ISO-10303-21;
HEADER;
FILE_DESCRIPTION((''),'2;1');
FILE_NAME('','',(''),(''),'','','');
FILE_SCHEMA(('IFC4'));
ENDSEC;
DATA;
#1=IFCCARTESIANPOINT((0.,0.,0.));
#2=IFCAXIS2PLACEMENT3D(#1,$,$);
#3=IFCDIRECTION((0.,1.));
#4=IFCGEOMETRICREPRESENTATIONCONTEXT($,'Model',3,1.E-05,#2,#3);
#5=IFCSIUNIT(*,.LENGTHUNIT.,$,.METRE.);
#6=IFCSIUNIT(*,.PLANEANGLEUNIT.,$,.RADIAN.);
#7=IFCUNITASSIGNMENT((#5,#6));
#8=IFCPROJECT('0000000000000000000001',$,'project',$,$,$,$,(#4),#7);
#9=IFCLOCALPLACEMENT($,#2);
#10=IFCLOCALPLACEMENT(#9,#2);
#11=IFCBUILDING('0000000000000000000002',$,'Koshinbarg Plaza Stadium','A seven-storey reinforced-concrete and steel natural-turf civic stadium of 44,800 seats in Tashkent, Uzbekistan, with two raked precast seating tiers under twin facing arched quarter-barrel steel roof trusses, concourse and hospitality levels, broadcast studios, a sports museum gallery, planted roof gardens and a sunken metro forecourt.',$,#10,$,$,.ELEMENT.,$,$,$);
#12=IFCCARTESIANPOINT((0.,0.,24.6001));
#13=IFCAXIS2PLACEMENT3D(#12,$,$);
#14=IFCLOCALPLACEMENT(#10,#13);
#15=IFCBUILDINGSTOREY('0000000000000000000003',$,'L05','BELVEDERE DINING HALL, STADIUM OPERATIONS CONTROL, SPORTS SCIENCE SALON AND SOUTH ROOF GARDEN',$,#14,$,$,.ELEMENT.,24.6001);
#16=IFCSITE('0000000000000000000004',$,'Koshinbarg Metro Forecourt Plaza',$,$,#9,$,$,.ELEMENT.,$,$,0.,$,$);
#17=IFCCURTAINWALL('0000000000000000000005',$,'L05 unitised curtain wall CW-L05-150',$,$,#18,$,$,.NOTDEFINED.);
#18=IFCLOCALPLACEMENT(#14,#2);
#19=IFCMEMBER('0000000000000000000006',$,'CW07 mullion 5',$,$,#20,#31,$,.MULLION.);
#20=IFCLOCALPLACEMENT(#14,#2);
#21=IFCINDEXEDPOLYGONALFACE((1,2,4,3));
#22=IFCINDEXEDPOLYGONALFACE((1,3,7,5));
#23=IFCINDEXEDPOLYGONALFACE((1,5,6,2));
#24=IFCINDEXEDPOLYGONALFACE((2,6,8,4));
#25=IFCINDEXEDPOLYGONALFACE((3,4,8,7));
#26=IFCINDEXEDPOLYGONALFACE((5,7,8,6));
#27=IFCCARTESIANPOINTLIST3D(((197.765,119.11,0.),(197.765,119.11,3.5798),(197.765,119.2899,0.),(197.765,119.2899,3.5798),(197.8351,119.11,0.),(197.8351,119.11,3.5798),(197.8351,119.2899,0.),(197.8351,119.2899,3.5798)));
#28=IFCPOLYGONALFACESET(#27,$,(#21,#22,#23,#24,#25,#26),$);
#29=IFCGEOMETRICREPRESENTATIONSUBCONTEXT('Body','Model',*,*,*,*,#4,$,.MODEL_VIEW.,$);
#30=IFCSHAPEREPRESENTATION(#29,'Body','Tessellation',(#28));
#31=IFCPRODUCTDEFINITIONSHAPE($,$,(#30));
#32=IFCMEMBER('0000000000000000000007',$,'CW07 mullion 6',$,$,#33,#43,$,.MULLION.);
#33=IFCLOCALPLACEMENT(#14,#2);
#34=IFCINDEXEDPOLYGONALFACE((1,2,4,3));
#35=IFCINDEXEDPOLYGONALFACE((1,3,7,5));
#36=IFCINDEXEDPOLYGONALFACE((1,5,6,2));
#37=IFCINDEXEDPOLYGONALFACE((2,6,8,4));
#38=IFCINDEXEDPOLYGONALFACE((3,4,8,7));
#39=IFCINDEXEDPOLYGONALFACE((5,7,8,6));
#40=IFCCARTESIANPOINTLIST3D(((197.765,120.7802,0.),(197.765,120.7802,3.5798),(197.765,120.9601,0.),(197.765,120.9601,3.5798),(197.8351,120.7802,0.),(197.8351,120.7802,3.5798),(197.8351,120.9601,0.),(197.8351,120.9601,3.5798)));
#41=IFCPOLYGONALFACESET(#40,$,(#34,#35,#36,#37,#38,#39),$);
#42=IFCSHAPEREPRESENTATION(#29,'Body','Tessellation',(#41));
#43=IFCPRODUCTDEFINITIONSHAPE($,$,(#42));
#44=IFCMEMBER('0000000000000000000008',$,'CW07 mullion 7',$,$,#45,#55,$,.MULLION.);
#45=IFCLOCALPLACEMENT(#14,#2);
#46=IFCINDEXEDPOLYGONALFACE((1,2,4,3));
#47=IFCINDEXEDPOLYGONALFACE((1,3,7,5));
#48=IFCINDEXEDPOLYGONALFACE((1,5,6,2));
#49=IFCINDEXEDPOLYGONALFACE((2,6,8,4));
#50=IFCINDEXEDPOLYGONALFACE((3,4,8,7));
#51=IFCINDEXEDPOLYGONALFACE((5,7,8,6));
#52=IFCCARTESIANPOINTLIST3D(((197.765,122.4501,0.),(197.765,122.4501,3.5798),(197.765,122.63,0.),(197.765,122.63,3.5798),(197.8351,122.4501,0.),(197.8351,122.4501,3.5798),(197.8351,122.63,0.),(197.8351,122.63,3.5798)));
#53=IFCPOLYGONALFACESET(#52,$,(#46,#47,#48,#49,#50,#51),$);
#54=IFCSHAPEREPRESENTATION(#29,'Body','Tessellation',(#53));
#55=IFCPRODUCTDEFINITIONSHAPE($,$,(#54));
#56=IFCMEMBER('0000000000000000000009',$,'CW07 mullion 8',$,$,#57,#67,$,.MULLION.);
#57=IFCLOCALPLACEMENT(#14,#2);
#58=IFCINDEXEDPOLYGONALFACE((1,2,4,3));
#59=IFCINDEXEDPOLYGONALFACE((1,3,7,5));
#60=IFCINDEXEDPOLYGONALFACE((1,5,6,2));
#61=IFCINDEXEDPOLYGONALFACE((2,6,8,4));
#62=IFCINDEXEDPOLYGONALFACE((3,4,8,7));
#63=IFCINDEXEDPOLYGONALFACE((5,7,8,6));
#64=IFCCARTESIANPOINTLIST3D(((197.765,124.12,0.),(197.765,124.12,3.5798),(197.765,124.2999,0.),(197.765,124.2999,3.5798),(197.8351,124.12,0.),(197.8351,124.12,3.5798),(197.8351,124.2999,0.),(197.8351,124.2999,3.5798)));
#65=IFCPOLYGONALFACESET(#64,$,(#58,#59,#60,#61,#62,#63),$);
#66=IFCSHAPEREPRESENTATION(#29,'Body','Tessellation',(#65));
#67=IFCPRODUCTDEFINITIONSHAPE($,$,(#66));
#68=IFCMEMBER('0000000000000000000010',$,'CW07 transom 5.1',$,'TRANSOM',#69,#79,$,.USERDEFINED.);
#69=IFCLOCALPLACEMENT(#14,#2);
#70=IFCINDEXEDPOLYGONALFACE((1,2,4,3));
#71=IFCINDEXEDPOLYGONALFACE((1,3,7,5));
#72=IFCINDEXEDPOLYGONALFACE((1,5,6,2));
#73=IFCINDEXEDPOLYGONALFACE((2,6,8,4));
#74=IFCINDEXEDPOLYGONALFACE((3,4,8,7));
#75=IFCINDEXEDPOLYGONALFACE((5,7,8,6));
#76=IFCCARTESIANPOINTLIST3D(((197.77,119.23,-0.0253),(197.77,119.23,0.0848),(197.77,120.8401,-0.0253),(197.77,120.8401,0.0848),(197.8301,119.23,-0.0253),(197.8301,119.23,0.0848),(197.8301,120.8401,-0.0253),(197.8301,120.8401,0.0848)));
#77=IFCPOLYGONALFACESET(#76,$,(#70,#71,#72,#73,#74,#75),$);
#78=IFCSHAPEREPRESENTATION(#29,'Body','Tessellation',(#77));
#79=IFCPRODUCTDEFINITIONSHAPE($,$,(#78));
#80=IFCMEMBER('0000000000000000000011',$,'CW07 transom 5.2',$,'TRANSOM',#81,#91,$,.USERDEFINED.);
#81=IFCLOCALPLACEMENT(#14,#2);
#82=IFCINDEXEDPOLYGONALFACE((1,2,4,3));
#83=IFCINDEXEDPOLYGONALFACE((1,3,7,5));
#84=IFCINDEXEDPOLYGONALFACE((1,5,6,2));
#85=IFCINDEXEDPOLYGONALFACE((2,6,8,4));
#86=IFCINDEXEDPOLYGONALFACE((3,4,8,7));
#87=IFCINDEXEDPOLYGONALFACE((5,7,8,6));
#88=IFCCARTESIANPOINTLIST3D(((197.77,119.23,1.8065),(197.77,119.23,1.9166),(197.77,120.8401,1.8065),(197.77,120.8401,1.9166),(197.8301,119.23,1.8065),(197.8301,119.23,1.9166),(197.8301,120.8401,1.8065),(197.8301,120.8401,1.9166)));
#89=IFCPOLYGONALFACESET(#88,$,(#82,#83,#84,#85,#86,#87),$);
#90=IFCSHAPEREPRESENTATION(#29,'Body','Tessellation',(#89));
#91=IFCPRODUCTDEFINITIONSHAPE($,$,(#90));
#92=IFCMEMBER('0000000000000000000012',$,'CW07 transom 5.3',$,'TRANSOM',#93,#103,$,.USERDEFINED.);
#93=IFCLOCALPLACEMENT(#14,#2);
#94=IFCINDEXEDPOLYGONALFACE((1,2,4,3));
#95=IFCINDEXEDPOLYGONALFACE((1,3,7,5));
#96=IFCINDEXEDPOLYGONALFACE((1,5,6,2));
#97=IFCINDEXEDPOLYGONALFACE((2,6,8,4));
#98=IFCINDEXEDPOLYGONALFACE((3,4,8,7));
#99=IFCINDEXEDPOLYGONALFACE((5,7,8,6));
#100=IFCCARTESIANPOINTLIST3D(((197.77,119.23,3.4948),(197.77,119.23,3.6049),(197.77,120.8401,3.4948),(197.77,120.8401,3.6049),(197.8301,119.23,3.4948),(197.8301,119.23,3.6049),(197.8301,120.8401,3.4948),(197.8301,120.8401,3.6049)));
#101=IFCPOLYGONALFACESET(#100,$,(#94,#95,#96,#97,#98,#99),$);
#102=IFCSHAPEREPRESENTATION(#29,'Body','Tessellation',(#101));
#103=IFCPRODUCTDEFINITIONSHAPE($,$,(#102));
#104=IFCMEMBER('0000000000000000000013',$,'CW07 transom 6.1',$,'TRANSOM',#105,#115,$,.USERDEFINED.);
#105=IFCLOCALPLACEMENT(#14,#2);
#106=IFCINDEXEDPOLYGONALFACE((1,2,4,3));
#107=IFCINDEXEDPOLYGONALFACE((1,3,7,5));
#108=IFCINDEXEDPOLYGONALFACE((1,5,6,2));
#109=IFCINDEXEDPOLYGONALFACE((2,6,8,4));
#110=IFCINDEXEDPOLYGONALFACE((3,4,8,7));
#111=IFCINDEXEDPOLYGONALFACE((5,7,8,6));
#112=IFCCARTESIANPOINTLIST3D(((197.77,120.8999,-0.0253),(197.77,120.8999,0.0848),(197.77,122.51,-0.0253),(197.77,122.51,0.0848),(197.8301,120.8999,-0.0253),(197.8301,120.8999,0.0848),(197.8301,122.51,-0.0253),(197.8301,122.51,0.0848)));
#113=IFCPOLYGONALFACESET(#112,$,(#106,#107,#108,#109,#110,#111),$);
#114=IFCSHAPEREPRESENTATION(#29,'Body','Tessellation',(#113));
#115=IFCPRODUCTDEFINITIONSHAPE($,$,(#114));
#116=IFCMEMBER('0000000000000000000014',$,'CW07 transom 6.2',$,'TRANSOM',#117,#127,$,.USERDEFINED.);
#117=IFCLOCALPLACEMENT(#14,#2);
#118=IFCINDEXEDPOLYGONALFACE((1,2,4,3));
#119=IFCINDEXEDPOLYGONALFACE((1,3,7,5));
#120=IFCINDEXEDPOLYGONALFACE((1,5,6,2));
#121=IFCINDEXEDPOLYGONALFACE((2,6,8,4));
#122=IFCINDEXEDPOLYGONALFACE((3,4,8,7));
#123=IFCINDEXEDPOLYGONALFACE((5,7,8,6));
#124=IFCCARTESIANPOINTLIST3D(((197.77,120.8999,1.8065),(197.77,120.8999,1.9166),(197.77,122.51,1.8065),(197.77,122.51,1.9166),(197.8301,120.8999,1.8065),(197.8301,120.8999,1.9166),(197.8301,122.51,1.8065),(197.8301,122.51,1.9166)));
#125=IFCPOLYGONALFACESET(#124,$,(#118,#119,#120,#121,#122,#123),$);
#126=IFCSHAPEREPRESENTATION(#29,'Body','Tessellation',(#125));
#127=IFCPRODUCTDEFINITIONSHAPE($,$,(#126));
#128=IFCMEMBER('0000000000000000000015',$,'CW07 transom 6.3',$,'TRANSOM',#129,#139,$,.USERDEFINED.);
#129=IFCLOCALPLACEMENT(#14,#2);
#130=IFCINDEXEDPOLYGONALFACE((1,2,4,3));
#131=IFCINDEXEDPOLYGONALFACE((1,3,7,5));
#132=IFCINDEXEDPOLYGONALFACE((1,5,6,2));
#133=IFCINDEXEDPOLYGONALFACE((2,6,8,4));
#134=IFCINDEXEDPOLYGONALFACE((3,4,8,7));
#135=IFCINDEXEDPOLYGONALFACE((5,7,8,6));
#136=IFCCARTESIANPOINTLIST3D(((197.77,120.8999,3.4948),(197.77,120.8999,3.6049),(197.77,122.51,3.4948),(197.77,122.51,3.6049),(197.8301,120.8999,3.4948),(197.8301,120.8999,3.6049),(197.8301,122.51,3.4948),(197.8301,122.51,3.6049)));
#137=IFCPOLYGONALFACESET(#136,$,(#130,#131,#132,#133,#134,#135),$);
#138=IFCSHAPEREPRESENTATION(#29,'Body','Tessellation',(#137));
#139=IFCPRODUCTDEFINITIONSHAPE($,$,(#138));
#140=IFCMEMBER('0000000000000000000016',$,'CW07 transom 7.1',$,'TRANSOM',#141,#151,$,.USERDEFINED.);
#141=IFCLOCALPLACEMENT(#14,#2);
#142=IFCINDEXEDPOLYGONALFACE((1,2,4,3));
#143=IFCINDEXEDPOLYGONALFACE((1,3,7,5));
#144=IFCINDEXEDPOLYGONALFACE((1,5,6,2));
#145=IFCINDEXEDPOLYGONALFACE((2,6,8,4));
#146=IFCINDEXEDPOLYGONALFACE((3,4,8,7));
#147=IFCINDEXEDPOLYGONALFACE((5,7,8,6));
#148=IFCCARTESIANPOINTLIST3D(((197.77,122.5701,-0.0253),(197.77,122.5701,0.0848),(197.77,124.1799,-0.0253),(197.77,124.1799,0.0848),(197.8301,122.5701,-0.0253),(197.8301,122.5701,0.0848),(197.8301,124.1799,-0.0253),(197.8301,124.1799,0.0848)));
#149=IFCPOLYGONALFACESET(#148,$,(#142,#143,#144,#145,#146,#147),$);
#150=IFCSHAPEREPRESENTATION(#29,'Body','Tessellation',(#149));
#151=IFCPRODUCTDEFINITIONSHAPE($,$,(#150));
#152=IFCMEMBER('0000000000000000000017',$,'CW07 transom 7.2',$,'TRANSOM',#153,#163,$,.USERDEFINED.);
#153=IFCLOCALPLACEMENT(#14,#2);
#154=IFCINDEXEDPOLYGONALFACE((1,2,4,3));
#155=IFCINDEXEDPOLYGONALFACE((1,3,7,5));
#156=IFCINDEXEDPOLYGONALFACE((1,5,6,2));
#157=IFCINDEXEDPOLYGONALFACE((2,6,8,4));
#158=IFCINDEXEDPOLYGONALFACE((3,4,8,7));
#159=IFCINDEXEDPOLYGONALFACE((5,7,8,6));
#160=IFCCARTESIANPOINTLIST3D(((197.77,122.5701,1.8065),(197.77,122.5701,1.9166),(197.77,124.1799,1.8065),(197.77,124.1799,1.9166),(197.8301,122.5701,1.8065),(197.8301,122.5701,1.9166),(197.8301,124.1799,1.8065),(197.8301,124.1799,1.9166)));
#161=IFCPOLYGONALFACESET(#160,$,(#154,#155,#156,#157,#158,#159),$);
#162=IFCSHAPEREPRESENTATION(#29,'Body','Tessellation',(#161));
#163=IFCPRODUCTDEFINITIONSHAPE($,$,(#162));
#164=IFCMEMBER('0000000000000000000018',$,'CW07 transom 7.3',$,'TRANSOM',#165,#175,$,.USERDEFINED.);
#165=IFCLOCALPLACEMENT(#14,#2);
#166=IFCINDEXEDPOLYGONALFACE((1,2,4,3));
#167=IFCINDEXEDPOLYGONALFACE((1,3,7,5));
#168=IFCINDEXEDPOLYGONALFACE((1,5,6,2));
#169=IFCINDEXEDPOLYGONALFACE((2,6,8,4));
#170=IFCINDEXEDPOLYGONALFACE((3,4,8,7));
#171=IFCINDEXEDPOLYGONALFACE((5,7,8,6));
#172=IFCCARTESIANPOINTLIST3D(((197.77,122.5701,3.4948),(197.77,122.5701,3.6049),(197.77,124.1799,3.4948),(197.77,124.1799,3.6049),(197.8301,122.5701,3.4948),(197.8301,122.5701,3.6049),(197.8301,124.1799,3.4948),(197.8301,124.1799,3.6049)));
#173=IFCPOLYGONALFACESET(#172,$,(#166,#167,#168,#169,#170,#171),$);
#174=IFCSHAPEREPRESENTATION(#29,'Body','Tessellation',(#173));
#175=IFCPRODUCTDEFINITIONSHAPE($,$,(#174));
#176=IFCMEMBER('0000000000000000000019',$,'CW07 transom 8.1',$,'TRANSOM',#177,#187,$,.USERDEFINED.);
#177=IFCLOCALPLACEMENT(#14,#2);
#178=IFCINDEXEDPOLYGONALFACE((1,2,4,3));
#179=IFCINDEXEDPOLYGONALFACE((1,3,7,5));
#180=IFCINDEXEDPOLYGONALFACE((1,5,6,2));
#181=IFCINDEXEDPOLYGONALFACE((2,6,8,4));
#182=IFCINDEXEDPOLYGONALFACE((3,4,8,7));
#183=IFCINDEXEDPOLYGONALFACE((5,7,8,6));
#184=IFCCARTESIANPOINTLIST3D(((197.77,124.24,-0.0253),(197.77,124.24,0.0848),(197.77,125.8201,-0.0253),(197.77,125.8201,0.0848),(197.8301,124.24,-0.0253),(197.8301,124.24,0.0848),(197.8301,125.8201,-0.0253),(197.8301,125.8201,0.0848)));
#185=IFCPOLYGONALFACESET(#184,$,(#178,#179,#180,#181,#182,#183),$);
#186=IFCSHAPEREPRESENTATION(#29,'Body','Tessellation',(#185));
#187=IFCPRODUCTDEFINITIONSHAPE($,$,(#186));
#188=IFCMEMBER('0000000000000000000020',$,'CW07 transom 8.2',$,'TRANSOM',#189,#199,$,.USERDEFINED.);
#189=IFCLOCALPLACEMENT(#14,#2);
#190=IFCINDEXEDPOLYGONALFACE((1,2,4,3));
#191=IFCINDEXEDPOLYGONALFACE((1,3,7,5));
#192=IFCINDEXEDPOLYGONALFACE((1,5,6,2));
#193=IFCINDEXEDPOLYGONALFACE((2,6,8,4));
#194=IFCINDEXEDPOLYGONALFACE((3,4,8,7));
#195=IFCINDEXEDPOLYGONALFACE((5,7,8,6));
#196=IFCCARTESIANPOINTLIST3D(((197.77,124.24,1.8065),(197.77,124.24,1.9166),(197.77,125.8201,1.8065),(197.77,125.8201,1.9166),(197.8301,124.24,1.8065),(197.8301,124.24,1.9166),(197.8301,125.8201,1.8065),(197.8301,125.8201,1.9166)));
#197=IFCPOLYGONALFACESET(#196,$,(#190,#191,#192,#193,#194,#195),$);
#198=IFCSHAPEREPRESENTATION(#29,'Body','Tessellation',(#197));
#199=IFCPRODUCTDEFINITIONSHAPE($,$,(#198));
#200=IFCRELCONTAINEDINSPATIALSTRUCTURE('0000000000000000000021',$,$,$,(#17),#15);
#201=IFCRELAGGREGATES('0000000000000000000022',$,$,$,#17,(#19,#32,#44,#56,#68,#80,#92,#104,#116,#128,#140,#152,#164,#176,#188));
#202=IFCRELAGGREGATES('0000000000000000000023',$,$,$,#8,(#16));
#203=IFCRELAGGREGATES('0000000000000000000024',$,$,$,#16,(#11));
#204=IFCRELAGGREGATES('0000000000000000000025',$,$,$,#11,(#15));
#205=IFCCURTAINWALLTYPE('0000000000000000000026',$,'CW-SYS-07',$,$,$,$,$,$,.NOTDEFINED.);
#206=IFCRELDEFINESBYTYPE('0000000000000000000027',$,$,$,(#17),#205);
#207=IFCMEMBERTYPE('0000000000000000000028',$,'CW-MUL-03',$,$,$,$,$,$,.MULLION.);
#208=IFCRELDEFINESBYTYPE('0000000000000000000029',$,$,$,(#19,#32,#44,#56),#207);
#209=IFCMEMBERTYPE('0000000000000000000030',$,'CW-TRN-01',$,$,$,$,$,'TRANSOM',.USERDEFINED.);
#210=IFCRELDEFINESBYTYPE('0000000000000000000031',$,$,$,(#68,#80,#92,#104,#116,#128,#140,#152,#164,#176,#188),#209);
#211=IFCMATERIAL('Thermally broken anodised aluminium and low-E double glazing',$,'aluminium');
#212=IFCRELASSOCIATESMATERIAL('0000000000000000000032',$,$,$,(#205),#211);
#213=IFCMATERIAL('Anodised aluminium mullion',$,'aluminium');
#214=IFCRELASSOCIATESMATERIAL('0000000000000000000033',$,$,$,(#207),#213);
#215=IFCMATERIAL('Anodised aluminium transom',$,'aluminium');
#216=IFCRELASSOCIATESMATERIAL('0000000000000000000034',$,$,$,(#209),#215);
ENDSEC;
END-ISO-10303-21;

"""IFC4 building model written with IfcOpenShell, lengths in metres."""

from ifc_helpers import new_model, si_unit, direction, frame, origin, origin_2d, place, context, subcontext, project, spatial, rectangle, extrude, material, material_profile, profile_set, type_object, element, aggregate, save


model = new_model("IFC4")

# Units and contexts
model_context = context("Model", 3, precision=1e-05, world=origin(), true_north=direction((0.0, 1.0)))
body_context = subcontext(model_context, "Body", "Model", "MODEL_VIEW")
ifc_project = project(units=[si_unit("LENGTHUNIT", "METRE"), si_unit("PLANEANGLEUNIT", "RADIAN")], contexts=[model_context])

# Site, building, storey
site_placement = place(None, origin())
site = spatial("IfcSite", under=ifc_project, at=site_placement, Name="Koshinbarg Metro Forecourt Plaza", CompositionType="ELEMENT", RefElevation=0.0)
building_placement = place(site_placement, origin())
building = spatial("IfcBuilding", under=site, at=building_placement, Name="Koshinbarg Plaza Stadium", Description="A seven-storey reinforced-concrete and steel natural-turf civic stadium of 44,800 seats in Tashkent, Uzbekistan, with two raked precast seating tiers under twin facing arched quarter-barrel steel roof trusses, concourse and hospitality levels, broadcast studios, a sports museum gallery, planted roof gardens and a sunken metro forecourt.", CompositionType="ELEMENT")
storey_placement = place(building_placement, frame((0.0, 0.0, 24.6001)))
storey = spatial("IfcBuildingStorey", under=building, at=storey_placement, Name="L05", Description="BELVEDERE DINING HALL, STADIUM OPERATIONS CONTROL, SPORTS SCIENCE SALON AND SOUTH ROOF GARDEN", CompositionType="ELEMENT", Elevation=24.6001)

# Curtain wall, members
ifc_material_1 = material(Name="Thermally broken anodised aluminium and low-E double glazing", Category="aluminium")
curtain_wall_type = type_object("IfcCurtainWallType", Name="CW-SYS-07", PredefinedType="NOTDEFINED", material=ifc_material_1)
curtain_wall_placement = place(storey_placement, origin())
curtain_wall = element("IfcCurtainWall", 1, at=curtain_wall_placement, inside=storey, type_object=curtain_wall_type, Name="L05 unitised curtain wall CW-L05-150", PredefinedType="NOTDEFINED")
ifc_material_2 = material(Name="Anodised aluminium mullion", Category="aluminium")
ifc_material_profile_1 = material_profile(ifc_material_2, rectangle(XDim=0.0701, YDim=0.1799, at=origin_2d()), Name="ALU 70x180")
ifc_profile_set_1 = profile_set([ifc_material_profile_1], Name="Anodised aluminium mullion")
member_type_1 = type_object("IfcMemberType", Name="CW-MUL-03", PredefinedType="MULLION", material=ifc_profile_set_1)
member_1_placement = place(storey_placement, frame((197.8, 119.2, 0.0), z_axis=(0.0, 0.0, 1.0), x_axis=(-1.0, 0.0, 0.0)))
member_1 = element("IfcMember", 2, at=member_1_placement, type_object=member_type_1, Name="CW07 mullion 5", PredefinedType="MULLION", context=body_context, shape_type="SweptSolid", body=[
    extrude(rectangle(XDim=0.0701, YDim=0.1799, at=origin_2d()), origin(), (0.0, 0.0, 1.0), 3.5798),
])
member_2_placement = place(storey_placement, frame((197.8, 120.8701, 0.0), z_axis=(0.0, 0.0, 1.0), x_axis=(-1.0, 0.0, 0.0)))
member_2 = element("IfcMember", 3, at=member_2_placement, type_object=member_type_1, Name="CW07 mullion 6", PredefinedType="MULLION", context=body_context, shape_type="SweptSolid", body=[
    extrude(rectangle(XDim=0.0701, YDim=0.1799, at=origin_2d()), origin(), (0.0, 0.0, 1.0), 3.5798),
])
member_3_placement = place(storey_placement, frame((197.8, 122.54, 0.0), z_axis=(0.0, 0.0, 1.0), x_axis=(-1.0, 0.0, 0.0)))
member_3 = element("IfcMember", 4, at=member_3_placement, type_object=member_type_1, Name="CW07 mullion 7", PredefinedType="MULLION", context=body_context, shape_type="SweptSolid", body=[
    extrude(rectangle(XDim=0.0701, YDim=0.1799, at=origin_2d()), origin(), (0.0, 0.0, 1.0), 3.5798),
])
member_4_placement = place(storey_placement, frame((197.8, 124.21, 0.0), z_axis=(0.0, 0.0, 1.0), x_axis=(-1.0, 0.0, 0.0)))
member_4 = element("IfcMember", 5, at=member_4_placement, type_object=member_type_1, Name="CW07 mullion 8", PredefinedType="MULLION", context=body_context, shape_type="SweptSolid", body=[
    extrude(rectangle(XDim=0.0701, YDim=0.1799, at=origin_2d()), origin(), (0.0, 0.0, 1.0), 3.5798),
])
ifc_material_3 = material(Name="Anodised aluminium transom", Category="aluminium")
ifc_material_profile_2 = material_profile(ifc_material_3, rectangle(XDim=0.0601, YDim=0.1101, at=origin_2d()), Name="ALU 60x110")
ifc_profile_set_2 = profile_set([ifc_material_profile_2], Name="Anodised aluminium transom")
member_type_2 = type_object("IfcMemberType", Name="CW-TRN-01", ElementType="TRANSOM", PredefinedType="USERDEFINED", material=ifc_profile_set_2)
member_5_placement = place(storey_placement, frame((197.8, 119.23, 0.0298), z_axis=(0.0, 1.0, 0.0), x_axis=(-1.0, 0.0, 0.0)))
member_5 = element("IfcMember", 6, at=member_5_placement, type_object=member_type_2, Name="CW07 transom 5.1", ObjectType="TRANSOM", PredefinedType="USERDEFINED", context=body_context, shape_type="SweptSolid", body=[
    extrude(rectangle(XDim=0.0601, YDim=0.1101, at=origin_2d()), origin(), (0.0, 0.0, 1.0), 1.6101),
])
member_6_placement = place(storey_placement, frame((197.8, 119.23, 1.8616), z_axis=(0.0, 1.0, 0.0), x_axis=(-1.0, 0.0, 0.0)))
member_6 = element("IfcMember", 7, at=member_6_placement, type_object=member_type_2, Name="CW07 transom 5.2", ObjectType="TRANSOM", PredefinedType="USERDEFINED", context=body_context, shape_type="SweptSolid", body=[
    extrude(rectangle(XDim=0.0601, YDim=0.1101, at=origin_2d()), origin(), (0.0, 0.0, 1.0), 1.6101),
])
member_7_placement = place(storey_placement, frame((197.8, 119.23, 3.5498), z_axis=(0.0, 1.0, 0.0), x_axis=(-1.0, 0.0, 0.0)))
member_7 = element("IfcMember", 8, at=member_7_placement, type_object=member_type_2, Name="CW07 transom 5.3", ObjectType="TRANSOM", PredefinedType="USERDEFINED", context=body_context, shape_type="SweptSolid", body=[
    extrude(rectangle(XDim=0.0601, YDim=0.1101, at=origin_2d()), origin(), (0.0, 0.0, 1.0), 1.6101),
])
member_8_placement = place(storey_placement, frame((197.8, 120.8999, 0.0298), z_axis=(0.0, 1.0, 0.0), x_axis=(-1.0, 0.0, 0.0)))
member_8 = element("IfcMember", 9, at=member_8_placement, type_object=member_type_2, Name="CW07 transom 6.1", ObjectType="TRANSOM", PredefinedType="USERDEFINED", context=body_context, shape_type="SweptSolid", body=[
    extrude(rectangle(XDim=0.0601, YDim=0.1101, at=origin_2d()), origin(), (0.0, 0.0, 1.0), 1.6101),
])
member_9_placement = place(storey_placement, frame((197.8, 120.8999, 1.8616), z_axis=(0.0, 1.0, 0.0), x_axis=(-1.0, 0.0, 0.0)))
member_9 = element("IfcMember", 10, at=member_9_placement, type_object=member_type_2, Name="CW07 transom 6.2", ObjectType="TRANSOM", PredefinedType="USERDEFINED", context=body_context, shape_type="SweptSolid", body=[
    extrude(rectangle(XDim=0.0601, YDim=0.1101, at=origin_2d()), origin(), (0.0, 0.0, 1.0), 1.6101),
])
member_10_placement = place(storey_placement, frame((197.8, 120.8999, 3.5498), z_axis=(0.0, 1.0, 0.0), x_axis=(-1.0, 0.0, 0.0)))
member_10 = element("IfcMember", 11, at=member_10_placement, type_object=member_type_2, Name="CW07 transom 6.3", ObjectType="TRANSOM", PredefinedType="USERDEFINED", context=body_context, shape_type="SweptSolid", body=[
    extrude(rectangle(XDim=0.0601, YDim=0.1101, at=origin_2d()), origin(), (0.0, 0.0, 1.0), 1.6101),
])
member_11_placement = place(storey_placement, frame((197.8, 122.5701, 0.0298), z_axis=(0.0, 1.0, 0.0), x_axis=(-1.0, 0.0, 0.0)))
member_11 = element("IfcMember", 12, at=member_11_placement, type_object=member_type_2, Name="CW07 transom 7.1", ObjectType="TRANSOM", PredefinedType="USERDEFINED", context=body_context, shape_type="SweptSolid", body=[
    extrude(rectangle(XDim=0.0601, YDim=0.1101, at=origin_2d()), origin(), (0.0, 0.0, 1.0), 1.6099),
])
member_12_placement = place(storey_placement, frame((197.8, 122.5701, 1.8616), z_axis=(0.0, 1.0, 0.0), x_axis=(-1.0, 0.0, 0.0)))
member_12 = element("IfcMember", 13, at=member_12_placement, type_object=member_type_2, Name="CW07 transom 7.2", ObjectType="TRANSOM", PredefinedType="USERDEFINED", context=body_context, shape_type="SweptSolid", body=[
    extrude(rectangle(XDim=0.0601, YDim=0.1101, at=origin_2d()), origin(), (0.0, 0.0, 1.0), 1.6099),
])
member_13_placement = place(storey_placement, frame((197.8, 122.5701, 3.5498), z_axis=(0.0, 1.0, 0.0), x_axis=(-1.0, 0.0, 0.0)))
member_13 = element("IfcMember", 14, at=member_13_placement, type_object=member_type_2, Name="CW07 transom 7.3", ObjectType="TRANSOM", PredefinedType="USERDEFINED", context=body_context, shape_type="SweptSolid", body=[
    extrude(rectangle(XDim=0.0601, YDim=0.1101, at=origin_2d()), origin(), (0.0, 0.0, 1.0), 1.6099),
])
member_14_placement = place(storey_placement, frame((197.8, 124.24, 0.0298), z_axis=(0.0, 1.0, 0.0), x_axis=(-1.0, 0.0, 0.0)))
member_14 = element("IfcMember", 15, at=member_14_placement, type_object=member_type_2, Name="CW07 transom 8.1", ObjectType="TRANSOM", PredefinedType="USERDEFINED", context=body_context, shape_type="SweptSolid", body=[
    extrude(rectangle(XDim=0.0601, YDim=0.1101, at=origin_2d()), origin(), (0.0, 0.0, 1.0), 1.5801),
])
member_15_placement = place(storey_placement, frame((197.8, 124.24, 1.8616), z_axis=(0.0, 1.0, 0.0), x_axis=(-1.0, 0.0, 0.0)))
member_15 = element("IfcMember", 16, at=member_15_placement, type_object=member_type_2, Name="CW07 transom 8.2", ObjectType="TRANSOM", PredefinedType="USERDEFINED", context=body_context, shape_type="SweptSolid", body=[
    extrude(rectangle(XDim=0.0601, YDim=0.1101, at=origin_2d()), origin(), (0.0, 0.0, 1.0), 1.5801),
])
aggregate(curtain_wall, [member_1, member_2, member_3, member_4, member_5, member_6, member_7, member_8, member_9, member_10, member_11, member_12, member_13, member_14, member_15])

save(model, "model.ifc")
